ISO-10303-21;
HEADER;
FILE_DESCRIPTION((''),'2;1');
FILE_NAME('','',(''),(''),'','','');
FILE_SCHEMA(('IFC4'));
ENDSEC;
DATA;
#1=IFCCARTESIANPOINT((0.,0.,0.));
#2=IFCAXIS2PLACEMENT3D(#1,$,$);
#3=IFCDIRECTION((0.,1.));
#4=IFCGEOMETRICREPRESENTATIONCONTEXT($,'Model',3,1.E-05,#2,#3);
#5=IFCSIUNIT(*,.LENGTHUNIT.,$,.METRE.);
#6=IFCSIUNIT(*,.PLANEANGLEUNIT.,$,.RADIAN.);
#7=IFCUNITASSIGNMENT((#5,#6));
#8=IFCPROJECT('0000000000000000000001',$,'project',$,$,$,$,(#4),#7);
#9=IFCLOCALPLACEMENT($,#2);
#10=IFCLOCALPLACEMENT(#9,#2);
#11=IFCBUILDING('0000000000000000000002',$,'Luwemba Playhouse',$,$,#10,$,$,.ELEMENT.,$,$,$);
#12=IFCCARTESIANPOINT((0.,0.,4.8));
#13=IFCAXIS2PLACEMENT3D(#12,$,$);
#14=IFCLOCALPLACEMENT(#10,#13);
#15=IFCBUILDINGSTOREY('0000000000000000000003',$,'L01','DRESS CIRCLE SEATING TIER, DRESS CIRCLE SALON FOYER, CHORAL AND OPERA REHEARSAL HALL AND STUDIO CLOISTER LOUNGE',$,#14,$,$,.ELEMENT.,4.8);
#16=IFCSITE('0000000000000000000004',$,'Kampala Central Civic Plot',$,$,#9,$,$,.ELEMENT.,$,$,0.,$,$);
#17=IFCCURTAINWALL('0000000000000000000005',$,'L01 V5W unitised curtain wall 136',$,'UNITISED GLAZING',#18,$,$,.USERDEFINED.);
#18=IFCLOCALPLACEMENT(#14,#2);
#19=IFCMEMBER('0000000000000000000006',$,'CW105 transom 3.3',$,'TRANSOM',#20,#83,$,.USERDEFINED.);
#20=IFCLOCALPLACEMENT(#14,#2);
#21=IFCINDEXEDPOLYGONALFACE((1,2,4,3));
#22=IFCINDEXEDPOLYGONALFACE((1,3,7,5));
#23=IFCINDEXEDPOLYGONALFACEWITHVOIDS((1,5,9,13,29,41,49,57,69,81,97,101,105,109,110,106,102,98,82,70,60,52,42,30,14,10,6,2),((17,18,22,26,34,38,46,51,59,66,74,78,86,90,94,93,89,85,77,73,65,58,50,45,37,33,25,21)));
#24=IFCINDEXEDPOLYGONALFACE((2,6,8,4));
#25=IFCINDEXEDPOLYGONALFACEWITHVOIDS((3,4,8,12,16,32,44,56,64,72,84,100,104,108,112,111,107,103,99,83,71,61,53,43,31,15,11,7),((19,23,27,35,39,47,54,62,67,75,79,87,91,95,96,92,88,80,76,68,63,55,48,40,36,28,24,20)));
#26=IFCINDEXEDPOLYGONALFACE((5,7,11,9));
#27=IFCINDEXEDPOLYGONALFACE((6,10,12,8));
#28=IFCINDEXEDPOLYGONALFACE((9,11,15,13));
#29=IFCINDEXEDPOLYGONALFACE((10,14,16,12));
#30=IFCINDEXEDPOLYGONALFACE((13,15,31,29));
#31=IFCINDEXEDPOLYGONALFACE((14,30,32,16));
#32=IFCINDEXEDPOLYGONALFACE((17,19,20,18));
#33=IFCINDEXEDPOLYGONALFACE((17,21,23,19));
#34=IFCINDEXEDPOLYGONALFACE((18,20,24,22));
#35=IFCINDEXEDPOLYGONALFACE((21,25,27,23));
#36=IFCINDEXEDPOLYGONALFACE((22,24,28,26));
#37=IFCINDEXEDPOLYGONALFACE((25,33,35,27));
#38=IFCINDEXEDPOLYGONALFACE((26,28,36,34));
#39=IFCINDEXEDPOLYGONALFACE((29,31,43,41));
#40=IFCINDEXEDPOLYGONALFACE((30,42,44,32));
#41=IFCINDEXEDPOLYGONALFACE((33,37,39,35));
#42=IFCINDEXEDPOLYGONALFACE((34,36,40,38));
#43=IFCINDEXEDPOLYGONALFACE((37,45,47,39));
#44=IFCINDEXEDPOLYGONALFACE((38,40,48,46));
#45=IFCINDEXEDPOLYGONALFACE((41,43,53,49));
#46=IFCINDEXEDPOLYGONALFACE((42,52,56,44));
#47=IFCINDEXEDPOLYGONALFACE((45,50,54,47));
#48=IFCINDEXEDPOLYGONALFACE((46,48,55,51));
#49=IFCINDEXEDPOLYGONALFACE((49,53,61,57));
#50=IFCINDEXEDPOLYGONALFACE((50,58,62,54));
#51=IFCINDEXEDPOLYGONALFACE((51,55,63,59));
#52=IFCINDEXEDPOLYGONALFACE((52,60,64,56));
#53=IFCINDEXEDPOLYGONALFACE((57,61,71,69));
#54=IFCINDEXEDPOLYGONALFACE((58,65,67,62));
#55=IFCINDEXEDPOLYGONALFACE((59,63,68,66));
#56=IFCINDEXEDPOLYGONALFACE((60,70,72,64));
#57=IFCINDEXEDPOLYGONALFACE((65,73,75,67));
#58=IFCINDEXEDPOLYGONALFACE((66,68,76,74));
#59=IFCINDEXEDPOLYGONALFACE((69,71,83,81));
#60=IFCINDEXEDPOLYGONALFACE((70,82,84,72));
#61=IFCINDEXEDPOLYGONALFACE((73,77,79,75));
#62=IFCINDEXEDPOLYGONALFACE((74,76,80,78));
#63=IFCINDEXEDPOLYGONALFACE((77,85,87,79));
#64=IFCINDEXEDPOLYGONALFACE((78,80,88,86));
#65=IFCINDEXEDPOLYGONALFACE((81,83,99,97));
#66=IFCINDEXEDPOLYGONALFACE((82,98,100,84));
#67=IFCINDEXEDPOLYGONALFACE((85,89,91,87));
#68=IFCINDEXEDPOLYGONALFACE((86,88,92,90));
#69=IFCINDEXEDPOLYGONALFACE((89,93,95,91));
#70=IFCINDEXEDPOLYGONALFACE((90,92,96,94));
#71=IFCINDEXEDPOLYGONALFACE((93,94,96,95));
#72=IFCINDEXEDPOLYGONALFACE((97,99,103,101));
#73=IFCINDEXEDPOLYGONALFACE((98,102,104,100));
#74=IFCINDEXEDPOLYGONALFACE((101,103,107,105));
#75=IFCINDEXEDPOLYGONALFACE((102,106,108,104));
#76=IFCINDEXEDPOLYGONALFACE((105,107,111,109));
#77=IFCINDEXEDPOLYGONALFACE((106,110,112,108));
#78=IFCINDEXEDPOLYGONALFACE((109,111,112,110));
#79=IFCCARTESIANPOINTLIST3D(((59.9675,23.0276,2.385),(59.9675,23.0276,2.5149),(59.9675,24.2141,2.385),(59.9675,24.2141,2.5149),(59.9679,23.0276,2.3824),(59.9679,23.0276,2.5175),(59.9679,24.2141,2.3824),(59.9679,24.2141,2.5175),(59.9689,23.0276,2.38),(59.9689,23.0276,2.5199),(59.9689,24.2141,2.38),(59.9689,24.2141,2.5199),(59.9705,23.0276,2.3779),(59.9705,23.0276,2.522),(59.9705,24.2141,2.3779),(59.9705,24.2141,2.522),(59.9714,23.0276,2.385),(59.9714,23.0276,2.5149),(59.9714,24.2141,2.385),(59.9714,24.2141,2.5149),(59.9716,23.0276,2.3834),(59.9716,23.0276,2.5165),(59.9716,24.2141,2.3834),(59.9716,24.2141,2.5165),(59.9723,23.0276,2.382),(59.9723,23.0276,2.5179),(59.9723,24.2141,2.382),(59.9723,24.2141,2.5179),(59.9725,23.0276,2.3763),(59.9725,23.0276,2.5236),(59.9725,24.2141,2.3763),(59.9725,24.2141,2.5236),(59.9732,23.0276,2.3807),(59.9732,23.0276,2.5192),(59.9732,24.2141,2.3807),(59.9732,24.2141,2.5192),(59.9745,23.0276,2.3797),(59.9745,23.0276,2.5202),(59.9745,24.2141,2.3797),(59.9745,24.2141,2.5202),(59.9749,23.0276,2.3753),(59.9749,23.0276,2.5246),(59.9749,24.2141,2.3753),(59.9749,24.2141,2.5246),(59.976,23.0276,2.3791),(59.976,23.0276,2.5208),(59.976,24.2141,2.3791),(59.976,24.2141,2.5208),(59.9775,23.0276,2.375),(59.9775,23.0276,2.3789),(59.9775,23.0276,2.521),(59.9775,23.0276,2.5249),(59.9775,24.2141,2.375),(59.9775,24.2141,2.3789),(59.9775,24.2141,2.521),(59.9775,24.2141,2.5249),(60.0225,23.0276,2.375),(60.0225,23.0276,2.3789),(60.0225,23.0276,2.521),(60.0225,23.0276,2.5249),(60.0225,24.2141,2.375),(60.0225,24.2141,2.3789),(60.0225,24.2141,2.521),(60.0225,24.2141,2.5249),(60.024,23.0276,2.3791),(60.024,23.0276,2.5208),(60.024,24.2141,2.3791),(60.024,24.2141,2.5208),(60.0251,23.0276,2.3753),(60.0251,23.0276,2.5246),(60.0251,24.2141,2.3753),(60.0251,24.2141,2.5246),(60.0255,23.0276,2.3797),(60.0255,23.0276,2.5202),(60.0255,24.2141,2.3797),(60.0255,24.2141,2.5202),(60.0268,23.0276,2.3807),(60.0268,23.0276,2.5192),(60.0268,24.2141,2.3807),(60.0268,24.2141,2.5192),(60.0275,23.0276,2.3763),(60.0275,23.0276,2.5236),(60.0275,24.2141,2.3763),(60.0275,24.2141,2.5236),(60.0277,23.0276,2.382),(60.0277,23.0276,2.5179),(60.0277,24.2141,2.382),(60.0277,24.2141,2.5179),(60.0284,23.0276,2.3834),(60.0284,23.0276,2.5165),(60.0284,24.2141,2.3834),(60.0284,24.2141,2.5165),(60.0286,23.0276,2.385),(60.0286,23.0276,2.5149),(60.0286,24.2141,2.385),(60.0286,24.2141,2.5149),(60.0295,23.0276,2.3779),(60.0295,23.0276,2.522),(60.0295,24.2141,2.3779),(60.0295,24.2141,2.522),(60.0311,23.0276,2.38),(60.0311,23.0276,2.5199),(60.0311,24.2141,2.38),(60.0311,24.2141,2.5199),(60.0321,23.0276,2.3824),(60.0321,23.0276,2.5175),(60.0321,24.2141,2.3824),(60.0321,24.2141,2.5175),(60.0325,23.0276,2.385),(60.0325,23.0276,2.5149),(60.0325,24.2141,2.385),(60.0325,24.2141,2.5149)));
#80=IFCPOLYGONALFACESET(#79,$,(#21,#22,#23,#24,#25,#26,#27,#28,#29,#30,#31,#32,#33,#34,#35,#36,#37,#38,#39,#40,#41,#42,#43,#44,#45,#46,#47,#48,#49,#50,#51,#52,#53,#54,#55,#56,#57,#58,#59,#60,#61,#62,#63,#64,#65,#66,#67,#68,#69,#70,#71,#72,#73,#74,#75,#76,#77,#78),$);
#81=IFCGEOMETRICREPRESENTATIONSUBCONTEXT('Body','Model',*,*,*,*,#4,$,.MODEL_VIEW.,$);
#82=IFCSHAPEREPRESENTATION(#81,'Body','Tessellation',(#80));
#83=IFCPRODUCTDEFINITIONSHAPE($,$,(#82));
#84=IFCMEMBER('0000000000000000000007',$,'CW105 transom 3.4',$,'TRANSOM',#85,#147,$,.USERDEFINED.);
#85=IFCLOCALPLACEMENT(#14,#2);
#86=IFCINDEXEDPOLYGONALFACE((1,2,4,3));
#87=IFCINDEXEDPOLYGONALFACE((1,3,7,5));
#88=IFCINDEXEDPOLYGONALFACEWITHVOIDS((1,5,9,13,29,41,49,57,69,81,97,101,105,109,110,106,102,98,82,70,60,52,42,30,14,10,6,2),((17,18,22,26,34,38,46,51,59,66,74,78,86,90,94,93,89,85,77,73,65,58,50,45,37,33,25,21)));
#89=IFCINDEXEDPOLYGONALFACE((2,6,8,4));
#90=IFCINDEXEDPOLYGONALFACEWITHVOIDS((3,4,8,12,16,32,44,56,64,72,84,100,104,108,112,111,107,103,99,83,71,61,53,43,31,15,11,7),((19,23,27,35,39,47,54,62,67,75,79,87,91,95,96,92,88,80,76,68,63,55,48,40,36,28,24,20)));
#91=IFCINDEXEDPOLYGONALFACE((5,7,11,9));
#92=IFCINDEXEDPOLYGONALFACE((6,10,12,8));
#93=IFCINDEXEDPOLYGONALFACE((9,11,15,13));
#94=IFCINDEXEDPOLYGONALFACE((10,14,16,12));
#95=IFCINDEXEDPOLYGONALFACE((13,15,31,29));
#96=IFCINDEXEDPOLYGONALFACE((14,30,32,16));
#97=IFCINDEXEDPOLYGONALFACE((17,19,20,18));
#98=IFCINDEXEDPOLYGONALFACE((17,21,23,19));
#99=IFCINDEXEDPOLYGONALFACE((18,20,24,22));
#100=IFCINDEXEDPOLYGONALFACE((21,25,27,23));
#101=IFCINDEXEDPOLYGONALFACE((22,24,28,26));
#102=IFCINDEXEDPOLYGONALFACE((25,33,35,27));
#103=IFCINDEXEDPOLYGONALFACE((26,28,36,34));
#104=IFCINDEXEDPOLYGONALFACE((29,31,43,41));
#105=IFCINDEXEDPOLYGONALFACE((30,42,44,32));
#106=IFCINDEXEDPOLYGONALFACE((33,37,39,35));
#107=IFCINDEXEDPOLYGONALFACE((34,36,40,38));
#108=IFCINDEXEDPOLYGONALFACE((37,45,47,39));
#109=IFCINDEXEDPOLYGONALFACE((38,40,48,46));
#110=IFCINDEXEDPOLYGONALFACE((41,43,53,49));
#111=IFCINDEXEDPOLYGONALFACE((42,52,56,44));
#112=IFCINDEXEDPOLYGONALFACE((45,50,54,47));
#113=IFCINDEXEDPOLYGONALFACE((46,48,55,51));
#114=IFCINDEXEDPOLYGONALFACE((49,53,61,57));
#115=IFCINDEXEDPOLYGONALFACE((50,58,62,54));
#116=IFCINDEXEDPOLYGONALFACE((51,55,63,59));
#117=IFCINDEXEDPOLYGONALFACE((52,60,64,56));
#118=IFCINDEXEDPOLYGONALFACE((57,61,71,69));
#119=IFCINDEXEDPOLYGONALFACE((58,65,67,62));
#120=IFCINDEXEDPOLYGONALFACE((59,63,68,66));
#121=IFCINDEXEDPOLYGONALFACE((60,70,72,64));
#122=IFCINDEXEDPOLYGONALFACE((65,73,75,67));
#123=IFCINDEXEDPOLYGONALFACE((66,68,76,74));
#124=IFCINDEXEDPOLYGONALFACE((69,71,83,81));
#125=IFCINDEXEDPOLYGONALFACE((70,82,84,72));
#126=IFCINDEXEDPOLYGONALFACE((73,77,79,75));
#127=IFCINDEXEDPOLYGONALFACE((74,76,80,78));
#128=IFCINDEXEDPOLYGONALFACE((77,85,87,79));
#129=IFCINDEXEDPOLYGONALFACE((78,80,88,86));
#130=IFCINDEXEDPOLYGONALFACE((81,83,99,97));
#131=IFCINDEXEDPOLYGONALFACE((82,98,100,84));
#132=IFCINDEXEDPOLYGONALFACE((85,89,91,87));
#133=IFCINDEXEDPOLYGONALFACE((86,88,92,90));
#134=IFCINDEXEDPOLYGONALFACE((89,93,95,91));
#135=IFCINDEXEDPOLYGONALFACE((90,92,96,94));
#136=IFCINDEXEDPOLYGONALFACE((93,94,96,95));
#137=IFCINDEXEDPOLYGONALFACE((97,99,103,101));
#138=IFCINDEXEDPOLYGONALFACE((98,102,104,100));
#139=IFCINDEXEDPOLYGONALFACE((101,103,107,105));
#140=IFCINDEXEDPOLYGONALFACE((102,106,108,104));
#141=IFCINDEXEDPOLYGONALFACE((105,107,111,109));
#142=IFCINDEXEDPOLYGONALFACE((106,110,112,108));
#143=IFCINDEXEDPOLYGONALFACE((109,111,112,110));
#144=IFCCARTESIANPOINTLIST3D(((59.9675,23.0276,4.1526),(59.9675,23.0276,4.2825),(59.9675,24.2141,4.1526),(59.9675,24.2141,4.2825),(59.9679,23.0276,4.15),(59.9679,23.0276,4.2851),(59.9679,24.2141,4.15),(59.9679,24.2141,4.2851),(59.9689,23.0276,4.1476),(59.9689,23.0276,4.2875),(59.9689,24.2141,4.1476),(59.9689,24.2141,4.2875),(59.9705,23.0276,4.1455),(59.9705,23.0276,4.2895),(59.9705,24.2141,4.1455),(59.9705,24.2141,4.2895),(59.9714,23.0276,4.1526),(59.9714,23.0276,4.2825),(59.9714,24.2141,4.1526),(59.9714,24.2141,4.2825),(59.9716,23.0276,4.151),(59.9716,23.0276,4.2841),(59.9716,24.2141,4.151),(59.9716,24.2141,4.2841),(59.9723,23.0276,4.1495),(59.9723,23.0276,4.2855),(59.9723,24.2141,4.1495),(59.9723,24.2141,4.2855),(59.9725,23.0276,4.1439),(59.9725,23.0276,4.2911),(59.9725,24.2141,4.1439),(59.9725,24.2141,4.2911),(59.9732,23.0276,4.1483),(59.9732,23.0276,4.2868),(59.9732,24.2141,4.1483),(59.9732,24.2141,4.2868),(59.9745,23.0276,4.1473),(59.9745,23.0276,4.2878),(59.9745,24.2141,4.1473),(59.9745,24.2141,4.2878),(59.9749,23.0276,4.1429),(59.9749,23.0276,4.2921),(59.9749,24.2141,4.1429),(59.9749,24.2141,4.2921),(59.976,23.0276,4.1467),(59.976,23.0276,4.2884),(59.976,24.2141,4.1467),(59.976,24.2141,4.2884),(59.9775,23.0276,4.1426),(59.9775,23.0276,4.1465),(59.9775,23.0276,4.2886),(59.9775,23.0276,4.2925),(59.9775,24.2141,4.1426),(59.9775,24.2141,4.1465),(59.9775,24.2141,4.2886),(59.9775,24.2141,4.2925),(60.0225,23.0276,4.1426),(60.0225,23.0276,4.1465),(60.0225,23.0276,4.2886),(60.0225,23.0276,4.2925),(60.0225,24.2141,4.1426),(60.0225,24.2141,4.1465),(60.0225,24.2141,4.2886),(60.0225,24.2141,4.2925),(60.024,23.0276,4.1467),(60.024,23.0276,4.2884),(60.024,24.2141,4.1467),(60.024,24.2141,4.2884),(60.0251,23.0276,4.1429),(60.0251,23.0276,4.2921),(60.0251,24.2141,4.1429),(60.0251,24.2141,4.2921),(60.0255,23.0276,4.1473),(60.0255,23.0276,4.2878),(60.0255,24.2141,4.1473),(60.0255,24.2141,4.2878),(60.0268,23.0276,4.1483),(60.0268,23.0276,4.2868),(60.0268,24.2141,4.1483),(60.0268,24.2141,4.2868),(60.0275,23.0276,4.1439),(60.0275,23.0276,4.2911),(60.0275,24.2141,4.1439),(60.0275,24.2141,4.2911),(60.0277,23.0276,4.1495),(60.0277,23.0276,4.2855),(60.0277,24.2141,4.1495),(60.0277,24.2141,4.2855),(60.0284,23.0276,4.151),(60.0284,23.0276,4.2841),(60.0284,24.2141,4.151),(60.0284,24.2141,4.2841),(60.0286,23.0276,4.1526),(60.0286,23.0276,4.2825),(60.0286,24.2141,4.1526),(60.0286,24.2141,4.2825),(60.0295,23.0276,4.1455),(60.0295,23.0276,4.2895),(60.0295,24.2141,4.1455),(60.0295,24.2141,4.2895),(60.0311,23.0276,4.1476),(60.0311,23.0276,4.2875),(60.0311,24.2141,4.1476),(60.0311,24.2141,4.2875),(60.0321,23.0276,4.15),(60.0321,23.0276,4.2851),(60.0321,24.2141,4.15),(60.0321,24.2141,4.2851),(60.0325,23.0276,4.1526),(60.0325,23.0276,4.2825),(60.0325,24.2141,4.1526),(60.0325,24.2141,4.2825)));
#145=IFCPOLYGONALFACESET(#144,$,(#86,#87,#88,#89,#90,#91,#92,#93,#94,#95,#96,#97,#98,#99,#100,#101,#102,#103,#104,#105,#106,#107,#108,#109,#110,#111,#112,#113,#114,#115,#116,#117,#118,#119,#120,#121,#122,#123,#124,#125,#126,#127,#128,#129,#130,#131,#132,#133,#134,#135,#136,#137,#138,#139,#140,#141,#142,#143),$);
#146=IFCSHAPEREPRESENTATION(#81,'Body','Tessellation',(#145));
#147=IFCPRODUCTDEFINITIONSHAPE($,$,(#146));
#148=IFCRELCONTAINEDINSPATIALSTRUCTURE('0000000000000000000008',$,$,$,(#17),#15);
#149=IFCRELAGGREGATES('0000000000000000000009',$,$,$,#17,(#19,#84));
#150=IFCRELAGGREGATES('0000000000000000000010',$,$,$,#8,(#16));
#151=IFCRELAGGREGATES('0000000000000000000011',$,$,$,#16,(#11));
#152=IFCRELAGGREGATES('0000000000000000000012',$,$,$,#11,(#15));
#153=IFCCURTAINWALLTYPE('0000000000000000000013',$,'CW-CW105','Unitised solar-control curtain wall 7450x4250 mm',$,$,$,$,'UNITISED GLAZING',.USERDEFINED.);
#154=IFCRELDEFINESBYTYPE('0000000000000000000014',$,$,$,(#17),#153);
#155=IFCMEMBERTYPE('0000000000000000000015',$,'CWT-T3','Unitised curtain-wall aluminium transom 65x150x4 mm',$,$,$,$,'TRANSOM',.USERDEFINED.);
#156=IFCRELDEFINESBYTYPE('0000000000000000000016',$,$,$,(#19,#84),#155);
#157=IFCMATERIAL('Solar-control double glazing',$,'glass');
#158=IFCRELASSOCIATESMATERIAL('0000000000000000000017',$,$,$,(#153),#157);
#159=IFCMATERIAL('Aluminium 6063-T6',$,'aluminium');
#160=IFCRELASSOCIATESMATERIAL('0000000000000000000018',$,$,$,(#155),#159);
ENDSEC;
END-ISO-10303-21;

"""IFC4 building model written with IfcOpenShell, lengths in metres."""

from ifc_helpers import new_model, si_unit, direction, frame, origin, origin_2d, place, context, subcontext, project, spatial, hollow_rectangle, extrude, material, material_profile, profile_set, type_object, element, aggregate, save


model = new_model("IFC4")

# Units and contexts
model_context = context("Model", 3, precision=1e-05, world=origin(), true_north=direction((0.0, 1.0)))
body_context = subcontext(model_context, "Body", "Model", "MODEL_VIEW")
ifc_project = project(units=[si_unit("LENGTHUNIT", "METRE"), si_unit("PLANEANGLEUNIT", "RADIAN")], contexts=[model_context])

# Site, building, storey
site_placement = place(None, origin())
site = spatial("IfcSite", under=ifc_project, at=site_placement, Name="Kampala Central Civic Plot", CompositionType="ELEMENT", RefElevation=0.0)
building_placement = place(site_placement, origin())
building = spatial("IfcBuilding", under=site, at=building_placement, Name="Luwemba Playhouse", CompositionType="ELEMENT")
storey_placement = place(building_placement, frame((0.0, 0.0, 4.8)))
storey = spatial("IfcBuildingStorey", under=building, at=storey_placement, Name="L01", Description="DRESS CIRCLE SEATING TIER, DRESS CIRCLE SALON FOYER, CHORAL AND OPERA REHEARSAL HALL AND STUDIO CLOISTER LOUNGE", CompositionType="ELEMENT", Elevation=4.8)

# Curtain wall, members
ifc_material_1 = material(Name="Solar-control double glazing", Category="glass")
curtain_wall_type = type_object("IfcCurtainWallType", Name="CW-CW105", Description="Unitised solar-control curtain wall 7450x4250 mm", ElementType="UNITISED GLAZING", PredefinedType="USERDEFINED", material=ifc_material_1)
curtain_wall_placement = place(storey_placement, origin())
curtain_wall = element("IfcCurtainWall", 1, at=curtain_wall_placement, inside=storey, type_object=curtain_wall_type, Name="L01 V5W unitised curtain wall 136", ObjectType="UNITISED GLAZING", PredefinedType="USERDEFINED")
ifc_material_2 = material(Name="Aluminium 6063-T6", Category="aluminium")
ifc_material_profile_1 = material_profile(ifc_material_2, hollow_rectangle(XDim=0.0649, YDim=0.1499, WallThickness=0.0039, InnerFilletRadius=0.0061, OuterFilletRadius=0.01, at=origin_2d()))
ifc_profile_set_1 = profile_set([ifc_material_profile_1], Name="Aluminium 6063-T6")
member_type_1 = type_object("IfcMemberType", Name="CWT-T3", Description="Unitised curtain-wall aluminium transom 65x150x4 mm", ElementType="TRANSOM", PredefinedType="USERDEFINED", material=ifc_profile_set_1)
member_1_placement = place(storey_placement, frame((60.0, 24.2141, 2.45), z_axis=(0.0, -1.0, 0.0), x_axis=(1.0, 0.0, 0.0)))
member_1 = element("IfcMember", 2, at=member_1_placement, type_object=member_type_1, Name="CW105 transom 3.3", ObjectType="TRANSOM", PredefinedType="USERDEFINED", context=body_context, shape_type="SweptSolid", body=[
    extrude(hollow_rectangle(XDim=0.0649, YDim=0.1499, WallThickness=0.0039, InnerFilletRadius=0.0061, OuterFilletRadius=0.01, at=origin_2d()), origin(), (0.0, 0.0, 1.0), 1.1865),
])
member_2_placement = place(storey_placement, frame((60.0, 24.2141, 4.2175), z_axis=(0.0, -1.0, 0.0), x_axis=(1.0, 0.0, 0.0)))
member_2 = element("IfcMember", 3, at=member_2_placement, type_object=member_type_1, Name="CW105 transom 3.4", ObjectType="TRANSOM", PredefinedType="USERDEFINED", context=body_context, shape_type="SweptSolid", body=[
    extrude(hollow_rectangle(XDim=0.0649, YDim=0.1499, WallThickness=0.0039, InnerFilletRadius=0.0061, OuterFilletRadius=0.01, at=origin_2d()), origin(), (0.0, 0.0, 1.0), 1.1865),
])
aggregate(curtain_wall, [member_1, member_2])

save(model, "model.ifc")
